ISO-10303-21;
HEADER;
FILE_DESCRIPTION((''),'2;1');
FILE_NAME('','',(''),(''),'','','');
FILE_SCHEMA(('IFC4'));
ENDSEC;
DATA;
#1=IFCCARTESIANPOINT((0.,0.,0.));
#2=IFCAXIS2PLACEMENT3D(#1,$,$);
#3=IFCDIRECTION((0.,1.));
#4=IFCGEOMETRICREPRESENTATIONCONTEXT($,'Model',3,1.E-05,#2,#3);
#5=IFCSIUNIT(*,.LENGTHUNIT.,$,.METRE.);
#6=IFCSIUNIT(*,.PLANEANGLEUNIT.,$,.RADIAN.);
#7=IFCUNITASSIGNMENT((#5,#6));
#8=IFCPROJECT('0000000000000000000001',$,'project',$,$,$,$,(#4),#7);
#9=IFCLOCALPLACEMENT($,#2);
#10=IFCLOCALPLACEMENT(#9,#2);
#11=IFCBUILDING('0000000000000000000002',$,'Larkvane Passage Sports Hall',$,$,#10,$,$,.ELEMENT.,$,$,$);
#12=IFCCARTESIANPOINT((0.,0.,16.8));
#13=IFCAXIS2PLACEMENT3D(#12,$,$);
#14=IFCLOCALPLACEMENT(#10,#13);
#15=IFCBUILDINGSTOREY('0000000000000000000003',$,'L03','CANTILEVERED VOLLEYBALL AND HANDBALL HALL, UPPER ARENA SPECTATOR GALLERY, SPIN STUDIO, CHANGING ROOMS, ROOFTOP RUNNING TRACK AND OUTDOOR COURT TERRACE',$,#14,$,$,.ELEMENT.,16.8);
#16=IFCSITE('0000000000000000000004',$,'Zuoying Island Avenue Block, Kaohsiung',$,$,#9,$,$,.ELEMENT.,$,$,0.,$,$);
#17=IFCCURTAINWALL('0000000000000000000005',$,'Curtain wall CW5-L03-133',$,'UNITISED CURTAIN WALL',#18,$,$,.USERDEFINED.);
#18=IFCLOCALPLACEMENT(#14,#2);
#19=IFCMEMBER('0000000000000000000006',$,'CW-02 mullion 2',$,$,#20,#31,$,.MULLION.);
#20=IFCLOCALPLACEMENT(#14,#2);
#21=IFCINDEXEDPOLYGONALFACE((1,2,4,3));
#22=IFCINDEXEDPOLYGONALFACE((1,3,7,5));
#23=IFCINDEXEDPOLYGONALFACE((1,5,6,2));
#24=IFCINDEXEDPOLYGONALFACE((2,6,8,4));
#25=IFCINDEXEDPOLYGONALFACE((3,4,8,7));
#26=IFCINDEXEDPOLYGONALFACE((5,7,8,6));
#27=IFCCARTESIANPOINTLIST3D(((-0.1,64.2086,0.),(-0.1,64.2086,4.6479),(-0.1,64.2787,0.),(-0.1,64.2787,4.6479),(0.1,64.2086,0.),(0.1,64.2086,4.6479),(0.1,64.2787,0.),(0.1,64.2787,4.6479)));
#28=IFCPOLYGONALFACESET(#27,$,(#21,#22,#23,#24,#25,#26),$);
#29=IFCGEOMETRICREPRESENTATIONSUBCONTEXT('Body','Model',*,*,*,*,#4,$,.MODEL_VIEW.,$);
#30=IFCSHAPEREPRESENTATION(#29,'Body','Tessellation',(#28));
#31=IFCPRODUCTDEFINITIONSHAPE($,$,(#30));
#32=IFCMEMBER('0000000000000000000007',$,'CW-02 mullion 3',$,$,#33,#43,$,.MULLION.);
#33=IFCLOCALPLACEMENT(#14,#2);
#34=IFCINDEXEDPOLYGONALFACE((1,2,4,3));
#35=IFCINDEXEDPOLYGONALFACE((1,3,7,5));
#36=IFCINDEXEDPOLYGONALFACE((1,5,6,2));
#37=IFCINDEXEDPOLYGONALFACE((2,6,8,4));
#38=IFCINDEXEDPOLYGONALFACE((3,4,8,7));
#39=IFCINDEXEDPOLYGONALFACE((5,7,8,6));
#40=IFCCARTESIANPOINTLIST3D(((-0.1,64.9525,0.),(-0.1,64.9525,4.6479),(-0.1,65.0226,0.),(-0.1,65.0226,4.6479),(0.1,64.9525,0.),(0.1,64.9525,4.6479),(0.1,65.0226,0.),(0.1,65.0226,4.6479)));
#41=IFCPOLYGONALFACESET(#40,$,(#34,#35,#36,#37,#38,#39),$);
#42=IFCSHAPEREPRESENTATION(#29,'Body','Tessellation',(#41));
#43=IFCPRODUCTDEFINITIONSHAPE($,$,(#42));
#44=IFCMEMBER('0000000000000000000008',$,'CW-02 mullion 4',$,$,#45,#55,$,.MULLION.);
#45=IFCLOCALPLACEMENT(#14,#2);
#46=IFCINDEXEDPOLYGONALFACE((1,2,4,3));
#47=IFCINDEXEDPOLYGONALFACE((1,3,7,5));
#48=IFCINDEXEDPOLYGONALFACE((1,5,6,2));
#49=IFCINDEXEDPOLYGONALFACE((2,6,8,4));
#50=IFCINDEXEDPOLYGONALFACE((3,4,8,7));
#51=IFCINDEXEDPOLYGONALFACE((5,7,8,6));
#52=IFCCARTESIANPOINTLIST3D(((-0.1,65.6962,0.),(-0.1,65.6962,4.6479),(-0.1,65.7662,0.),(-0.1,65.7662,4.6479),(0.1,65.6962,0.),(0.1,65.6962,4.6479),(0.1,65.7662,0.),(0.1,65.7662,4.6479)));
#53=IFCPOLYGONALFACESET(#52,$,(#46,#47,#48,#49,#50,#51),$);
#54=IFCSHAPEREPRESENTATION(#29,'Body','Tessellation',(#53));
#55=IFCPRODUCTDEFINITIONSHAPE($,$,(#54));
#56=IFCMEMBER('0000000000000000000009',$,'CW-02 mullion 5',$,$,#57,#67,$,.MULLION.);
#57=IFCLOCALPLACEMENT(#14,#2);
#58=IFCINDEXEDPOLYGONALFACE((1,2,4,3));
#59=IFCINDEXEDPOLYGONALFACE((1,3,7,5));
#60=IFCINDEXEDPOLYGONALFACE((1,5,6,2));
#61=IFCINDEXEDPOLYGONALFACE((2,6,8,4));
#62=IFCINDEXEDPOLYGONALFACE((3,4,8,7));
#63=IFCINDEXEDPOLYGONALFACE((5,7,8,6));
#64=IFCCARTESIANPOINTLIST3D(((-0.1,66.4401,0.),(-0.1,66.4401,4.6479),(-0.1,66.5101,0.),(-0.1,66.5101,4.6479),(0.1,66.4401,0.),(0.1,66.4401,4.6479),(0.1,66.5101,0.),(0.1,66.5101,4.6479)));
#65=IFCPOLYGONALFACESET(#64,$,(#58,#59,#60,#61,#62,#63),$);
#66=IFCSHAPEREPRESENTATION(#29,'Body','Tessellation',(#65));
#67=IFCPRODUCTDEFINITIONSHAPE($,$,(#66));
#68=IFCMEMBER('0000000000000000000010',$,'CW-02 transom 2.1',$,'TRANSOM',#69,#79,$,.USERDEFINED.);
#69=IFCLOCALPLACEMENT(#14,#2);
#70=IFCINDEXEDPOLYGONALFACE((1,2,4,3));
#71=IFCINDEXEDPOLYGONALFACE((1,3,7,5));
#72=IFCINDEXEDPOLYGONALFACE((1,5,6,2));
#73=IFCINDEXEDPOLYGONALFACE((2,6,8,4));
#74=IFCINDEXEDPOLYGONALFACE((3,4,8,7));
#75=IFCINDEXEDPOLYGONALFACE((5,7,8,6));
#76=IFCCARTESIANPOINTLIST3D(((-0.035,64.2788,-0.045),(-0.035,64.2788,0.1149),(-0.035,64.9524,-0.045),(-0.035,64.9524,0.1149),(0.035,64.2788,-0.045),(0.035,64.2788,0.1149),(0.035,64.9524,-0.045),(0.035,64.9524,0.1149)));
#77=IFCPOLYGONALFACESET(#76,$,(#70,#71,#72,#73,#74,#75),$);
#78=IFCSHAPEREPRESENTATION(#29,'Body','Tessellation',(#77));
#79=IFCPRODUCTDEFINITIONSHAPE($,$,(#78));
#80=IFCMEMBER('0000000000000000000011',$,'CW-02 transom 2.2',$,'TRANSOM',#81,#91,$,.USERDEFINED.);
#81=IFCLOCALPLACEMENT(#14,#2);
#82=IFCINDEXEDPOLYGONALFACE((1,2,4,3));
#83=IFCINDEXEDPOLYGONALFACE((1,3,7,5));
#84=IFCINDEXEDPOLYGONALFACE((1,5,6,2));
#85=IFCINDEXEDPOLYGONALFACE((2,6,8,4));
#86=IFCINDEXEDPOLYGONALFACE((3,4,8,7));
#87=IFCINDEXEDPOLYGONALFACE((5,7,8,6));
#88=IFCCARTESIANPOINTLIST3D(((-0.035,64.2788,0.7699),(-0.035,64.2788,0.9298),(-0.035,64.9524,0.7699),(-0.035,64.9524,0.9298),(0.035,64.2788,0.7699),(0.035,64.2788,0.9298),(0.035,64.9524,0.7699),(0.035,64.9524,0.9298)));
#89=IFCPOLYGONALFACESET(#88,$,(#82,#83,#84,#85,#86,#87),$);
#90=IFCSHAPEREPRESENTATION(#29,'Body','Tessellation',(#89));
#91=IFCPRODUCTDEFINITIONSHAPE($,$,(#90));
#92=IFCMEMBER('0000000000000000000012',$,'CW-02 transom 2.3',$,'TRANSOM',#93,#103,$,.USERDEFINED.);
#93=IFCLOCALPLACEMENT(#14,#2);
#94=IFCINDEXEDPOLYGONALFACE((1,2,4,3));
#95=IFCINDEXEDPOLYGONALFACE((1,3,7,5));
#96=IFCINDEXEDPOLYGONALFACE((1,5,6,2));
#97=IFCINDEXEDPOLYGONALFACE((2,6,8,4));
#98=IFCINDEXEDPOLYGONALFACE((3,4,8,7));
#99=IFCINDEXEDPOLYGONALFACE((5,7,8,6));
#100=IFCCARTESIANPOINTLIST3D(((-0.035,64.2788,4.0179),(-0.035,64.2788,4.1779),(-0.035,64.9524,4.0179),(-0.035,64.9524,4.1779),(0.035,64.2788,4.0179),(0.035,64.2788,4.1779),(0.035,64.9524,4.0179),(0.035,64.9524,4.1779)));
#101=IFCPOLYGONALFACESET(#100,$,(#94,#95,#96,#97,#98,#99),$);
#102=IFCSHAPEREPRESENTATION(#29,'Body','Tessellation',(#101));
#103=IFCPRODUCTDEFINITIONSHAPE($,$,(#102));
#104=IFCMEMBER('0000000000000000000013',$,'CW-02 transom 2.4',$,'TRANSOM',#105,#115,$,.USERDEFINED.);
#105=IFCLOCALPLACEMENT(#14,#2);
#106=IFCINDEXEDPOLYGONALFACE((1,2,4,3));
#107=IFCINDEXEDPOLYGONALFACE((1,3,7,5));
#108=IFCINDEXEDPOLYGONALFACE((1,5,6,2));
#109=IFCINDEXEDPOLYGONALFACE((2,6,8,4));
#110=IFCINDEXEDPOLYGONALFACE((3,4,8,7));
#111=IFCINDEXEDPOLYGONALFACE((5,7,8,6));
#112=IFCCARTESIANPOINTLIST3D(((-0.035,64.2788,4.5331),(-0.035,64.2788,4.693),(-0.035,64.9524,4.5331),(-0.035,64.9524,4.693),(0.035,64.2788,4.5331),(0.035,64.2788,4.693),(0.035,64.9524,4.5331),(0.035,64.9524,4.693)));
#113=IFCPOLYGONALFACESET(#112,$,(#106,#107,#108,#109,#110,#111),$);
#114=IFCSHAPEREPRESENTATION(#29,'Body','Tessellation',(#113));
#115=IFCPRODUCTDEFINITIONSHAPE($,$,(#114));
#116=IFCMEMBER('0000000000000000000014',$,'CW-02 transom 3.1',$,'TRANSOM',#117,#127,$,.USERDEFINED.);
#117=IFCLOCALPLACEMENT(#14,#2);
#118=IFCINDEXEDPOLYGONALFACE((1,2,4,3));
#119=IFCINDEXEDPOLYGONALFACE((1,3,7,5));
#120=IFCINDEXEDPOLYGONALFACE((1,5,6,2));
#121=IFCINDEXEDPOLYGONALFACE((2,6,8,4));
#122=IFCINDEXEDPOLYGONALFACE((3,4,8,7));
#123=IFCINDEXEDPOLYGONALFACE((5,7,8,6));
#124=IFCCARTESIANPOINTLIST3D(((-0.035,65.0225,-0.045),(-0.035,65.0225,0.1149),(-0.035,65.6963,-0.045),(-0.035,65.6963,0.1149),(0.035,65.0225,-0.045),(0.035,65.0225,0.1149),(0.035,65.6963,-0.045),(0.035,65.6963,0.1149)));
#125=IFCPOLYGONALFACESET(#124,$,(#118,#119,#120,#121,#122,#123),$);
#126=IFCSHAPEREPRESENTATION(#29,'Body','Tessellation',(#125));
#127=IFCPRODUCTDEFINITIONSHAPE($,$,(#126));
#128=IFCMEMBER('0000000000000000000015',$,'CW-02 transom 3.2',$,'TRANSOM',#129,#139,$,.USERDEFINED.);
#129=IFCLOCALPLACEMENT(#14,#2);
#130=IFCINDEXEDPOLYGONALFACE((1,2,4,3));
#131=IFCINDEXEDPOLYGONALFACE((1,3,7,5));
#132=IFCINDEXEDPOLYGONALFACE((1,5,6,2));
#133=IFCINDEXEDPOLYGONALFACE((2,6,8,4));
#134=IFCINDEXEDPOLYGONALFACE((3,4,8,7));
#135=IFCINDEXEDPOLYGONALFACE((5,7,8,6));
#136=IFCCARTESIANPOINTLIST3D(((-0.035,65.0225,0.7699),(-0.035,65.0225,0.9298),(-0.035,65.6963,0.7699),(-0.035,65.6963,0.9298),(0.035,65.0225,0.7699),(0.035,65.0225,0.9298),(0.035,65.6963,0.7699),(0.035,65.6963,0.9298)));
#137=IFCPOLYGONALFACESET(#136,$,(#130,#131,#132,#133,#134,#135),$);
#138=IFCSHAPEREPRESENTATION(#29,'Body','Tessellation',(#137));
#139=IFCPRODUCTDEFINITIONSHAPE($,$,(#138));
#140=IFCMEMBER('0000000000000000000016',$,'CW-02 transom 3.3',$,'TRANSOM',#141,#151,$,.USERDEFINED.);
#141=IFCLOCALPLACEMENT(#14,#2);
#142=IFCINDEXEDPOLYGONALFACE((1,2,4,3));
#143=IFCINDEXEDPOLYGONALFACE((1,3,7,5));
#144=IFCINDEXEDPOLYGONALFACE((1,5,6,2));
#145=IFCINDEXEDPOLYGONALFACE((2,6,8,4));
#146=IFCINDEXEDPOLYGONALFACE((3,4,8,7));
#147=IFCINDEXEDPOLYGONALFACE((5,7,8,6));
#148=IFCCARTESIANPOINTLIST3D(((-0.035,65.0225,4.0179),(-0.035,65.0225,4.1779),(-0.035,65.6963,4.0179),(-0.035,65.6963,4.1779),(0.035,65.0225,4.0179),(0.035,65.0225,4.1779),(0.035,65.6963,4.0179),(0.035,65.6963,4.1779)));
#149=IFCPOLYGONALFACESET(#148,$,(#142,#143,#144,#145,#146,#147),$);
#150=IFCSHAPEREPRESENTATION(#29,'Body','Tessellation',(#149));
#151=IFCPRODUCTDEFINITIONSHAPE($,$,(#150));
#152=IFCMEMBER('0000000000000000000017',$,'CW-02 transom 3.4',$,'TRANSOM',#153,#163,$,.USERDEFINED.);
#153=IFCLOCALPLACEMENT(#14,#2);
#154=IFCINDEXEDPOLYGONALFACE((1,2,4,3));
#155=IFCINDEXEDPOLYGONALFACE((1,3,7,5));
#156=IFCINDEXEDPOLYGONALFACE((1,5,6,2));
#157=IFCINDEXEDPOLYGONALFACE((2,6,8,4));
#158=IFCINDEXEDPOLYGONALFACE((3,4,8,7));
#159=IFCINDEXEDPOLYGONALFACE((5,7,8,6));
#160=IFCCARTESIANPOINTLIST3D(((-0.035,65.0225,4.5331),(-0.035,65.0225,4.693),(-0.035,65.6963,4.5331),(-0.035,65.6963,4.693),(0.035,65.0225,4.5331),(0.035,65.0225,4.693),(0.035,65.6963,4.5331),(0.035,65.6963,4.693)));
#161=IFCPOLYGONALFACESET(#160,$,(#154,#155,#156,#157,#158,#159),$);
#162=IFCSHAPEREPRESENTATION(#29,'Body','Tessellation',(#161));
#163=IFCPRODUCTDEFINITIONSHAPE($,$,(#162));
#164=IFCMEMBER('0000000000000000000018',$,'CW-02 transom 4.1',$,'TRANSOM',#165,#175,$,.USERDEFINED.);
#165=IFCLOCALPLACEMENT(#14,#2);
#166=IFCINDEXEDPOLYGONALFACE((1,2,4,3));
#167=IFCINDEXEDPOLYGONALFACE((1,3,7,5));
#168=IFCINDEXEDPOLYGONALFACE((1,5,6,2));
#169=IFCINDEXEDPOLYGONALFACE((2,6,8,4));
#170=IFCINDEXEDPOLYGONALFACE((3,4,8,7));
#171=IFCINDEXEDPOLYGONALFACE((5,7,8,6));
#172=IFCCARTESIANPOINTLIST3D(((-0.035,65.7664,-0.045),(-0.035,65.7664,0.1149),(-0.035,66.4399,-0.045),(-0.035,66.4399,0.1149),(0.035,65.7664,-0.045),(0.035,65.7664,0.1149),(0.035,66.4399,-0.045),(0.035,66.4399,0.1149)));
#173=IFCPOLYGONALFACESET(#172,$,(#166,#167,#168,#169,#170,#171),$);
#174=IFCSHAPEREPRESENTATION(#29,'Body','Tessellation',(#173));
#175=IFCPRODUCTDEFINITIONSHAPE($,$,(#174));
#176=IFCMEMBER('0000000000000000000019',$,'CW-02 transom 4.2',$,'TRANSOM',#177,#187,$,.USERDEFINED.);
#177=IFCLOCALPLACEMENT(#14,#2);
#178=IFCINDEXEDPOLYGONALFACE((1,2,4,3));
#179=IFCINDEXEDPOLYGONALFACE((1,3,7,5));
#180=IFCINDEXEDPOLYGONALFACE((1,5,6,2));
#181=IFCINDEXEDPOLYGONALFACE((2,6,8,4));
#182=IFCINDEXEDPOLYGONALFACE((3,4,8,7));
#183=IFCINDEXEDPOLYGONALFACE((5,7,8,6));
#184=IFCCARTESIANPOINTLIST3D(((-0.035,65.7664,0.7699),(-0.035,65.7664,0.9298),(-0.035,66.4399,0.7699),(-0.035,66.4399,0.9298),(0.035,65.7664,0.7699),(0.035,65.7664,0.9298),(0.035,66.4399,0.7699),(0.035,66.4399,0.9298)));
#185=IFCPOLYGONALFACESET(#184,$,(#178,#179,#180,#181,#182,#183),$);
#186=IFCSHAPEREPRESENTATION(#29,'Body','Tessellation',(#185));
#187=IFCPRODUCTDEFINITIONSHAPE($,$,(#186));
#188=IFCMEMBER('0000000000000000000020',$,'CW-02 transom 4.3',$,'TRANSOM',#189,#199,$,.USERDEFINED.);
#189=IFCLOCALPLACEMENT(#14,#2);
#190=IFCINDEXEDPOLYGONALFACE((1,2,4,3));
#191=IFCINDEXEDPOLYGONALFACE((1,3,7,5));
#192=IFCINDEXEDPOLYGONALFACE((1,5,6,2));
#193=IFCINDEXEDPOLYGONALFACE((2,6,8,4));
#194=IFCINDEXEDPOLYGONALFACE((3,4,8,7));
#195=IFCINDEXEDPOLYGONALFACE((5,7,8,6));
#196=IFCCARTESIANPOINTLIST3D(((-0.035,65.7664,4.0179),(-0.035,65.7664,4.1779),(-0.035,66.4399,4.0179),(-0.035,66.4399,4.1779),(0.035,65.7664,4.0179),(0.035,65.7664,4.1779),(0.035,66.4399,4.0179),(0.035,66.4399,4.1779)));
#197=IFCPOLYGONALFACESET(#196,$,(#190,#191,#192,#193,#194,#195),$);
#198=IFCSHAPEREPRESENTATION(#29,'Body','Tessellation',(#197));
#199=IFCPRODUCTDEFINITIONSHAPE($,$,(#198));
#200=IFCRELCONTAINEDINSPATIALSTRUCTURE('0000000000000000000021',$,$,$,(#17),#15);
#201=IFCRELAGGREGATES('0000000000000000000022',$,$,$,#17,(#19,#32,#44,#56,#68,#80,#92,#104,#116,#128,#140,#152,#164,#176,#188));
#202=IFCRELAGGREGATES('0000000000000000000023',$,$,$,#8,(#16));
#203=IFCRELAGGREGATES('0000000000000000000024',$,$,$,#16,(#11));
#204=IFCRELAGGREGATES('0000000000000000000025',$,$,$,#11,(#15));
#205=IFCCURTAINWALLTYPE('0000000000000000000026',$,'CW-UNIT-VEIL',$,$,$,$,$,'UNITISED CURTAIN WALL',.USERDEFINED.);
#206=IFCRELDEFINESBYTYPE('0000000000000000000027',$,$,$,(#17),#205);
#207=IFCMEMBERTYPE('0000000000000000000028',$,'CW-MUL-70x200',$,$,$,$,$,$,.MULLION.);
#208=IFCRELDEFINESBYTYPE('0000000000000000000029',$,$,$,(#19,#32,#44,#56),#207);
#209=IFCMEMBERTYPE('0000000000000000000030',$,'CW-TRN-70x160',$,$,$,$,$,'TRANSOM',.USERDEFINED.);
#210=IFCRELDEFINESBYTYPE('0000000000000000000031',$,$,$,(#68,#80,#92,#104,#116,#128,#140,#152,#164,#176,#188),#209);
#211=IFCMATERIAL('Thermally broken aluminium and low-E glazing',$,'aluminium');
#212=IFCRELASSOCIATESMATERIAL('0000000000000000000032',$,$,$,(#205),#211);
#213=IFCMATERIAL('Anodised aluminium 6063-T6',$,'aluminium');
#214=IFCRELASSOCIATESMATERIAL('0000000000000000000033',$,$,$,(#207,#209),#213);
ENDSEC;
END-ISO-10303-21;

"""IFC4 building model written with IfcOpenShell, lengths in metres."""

from ifc_helpers import new_model, si_unit, direction, frame, origin, origin_2d, place, context, subcontext, project, spatial, rectangle, extrude, material, material_profile, profile_set, type_object, element, aggregate, save


model = new_model("IFC4")

# Units and contexts
model_context = context("Model", 3, precision=1e-05, world=origin(), true_north=direction((0.0, 1.0)))
body_context = subcontext(model_context, "Body", "Model", "MODEL_VIEW")
ifc_project = project(units=[si_unit("LENGTHUNIT", "METRE"), si_unit("PLANEANGLEUNIT", "RADIAN")], contexts=[model_context])

# Site, building, storey
site_placement = place(None, origin())
site = spatial("IfcSite", under=ifc_project, at=site_placement, Name="Zuoying Island Avenue Block, Kaohsiung", CompositionType="ELEMENT", RefElevation=0.0)
building_placement = place(site_placement, origin())
building = spatial("IfcBuilding", under=site, at=building_placement, Name="Larkvane Passage Sports Hall", CompositionType="ELEMENT")
storey_placement = place(building_placement, frame((0.0, 0.0, 16.8)))
storey = spatial("IfcBuildingStorey", under=building, at=storey_placement, Name="L03", Description="CANTILEVERED VOLLEYBALL AND HANDBALL HALL, UPPER ARENA SPECTATOR GALLERY, SPIN STUDIO, CHANGING ROOMS, ROOFTOP RUNNING TRACK AND OUTDOOR COURT TERRACE", CompositionType="ELEMENT", Elevation=16.8)

# Curtain wall, members
ifc_material_1 = material(Name="Thermally broken aluminium and low-E glazing", Category="aluminium")
curtain_wall_type = type_object("IfcCurtainWallType", Name="CW-UNIT-VEIL", ElementType="UNITISED CURTAIN WALL", PredefinedType="USERDEFINED", material=ifc_material_1)
curtain_wall_placement = place(storey_placement, origin())
curtain_wall = element("IfcCurtainWall", 1, at=curtain_wall_placement, inside=storey, type_object=curtain_wall_type, Name="Curtain wall CW5-L03-133", ObjectType="UNITISED CURTAIN WALL", PredefinedType="USERDEFINED")
ifc_material_2 = material(Name="Anodised aluminium 6063-T6", Category="aluminium")
ifc_material_profile_1 = material_profile(ifc_material_2, rectangle(XDim=0.0701, YDim=0.2, at=origin_2d()), Name="ALU-MUL-70x200")
ifc_profile_set_1 = profile_set([ifc_material_profile_1], Name="Anodised aluminium 6063-T6")
member_type_1 = type_object("IfcMemberType", Name="CW-MUL-70x200", PredefinedType="MULLION", material=ifc_profile_set_1)
member_1_placement = place(storey_placement, frame((0.0, 64.2437, 0.0), z_axis=(0.0, 0.0, 1.0), x_axis=(0.0, 1.0, 0.0)))
member_1 = element("IfcMember", 2, at=member_1_placement, type_object=member_type_1, Name="CW-02 mullion 2", PredefinedType="MULLION", context=body_context, shape_type="SweptSolid", body=[
    extrude(rectangle(XDim=0.0701, YDim=0.2, at=origin_2d()), origin(), (0.0, 0.0, 1.0), 4.6479),
])
member_2_placement = place(storey_placement, frame((0.0, 64.9875, 0.0), z_axis=(0.0, 0.0, 1.0), x_axis=(0.0, 1.0, 0.0)))
member_2 = element("IfcMember", 3, at=member_2_placement, type_object=member_type_1, Name="CW-02 mullion 3", PredefinedType="MULLION", context=body_context, shape_type="SweptSolid", body=[
    extrude(rectangle(XDim=0.0701, YDim=0.2, at=origin_2d()), origin(), (0.0, 0.0, 1.0), 4.6479),
])
member_3_placement = place(storey_placement, frame((0.0, 65.7312, 0.0), z_axis=(0.0, 0.0, 1.0), x_axis=(0.0, 1.0, 0.0)))
member_3 = element("IfcMember", 4, at=member_3_placement, type_object=member_type_1, Name="CW-02 mullion 4", PredefinedType="MULLION", context=body_context, shape_type="SweptSolid", body=[
    extrude(rectangle(XDim=0.0701, YDim=0.2, at=origin_2d()), origin(), (0.0, 0.0, 1.0), 4.6479),
])
member_4_placement = place(storey_placement, frame((0.0, 66.4751, 0.0), z_axis=(0.0, 0.0, 1.0), x_axis=(0.0, 1.0, 0.0)))
member_4 = element("IfcMember", 5, at=member_4_placement, type_object=member_type_1, Name="CW-02 mullion 5", PredefinedType="MULLION", context=body_context, shape_type="SweptSolid", body=[
    extrude(rectangle(XDim=0.0701, YDim=0.2, at=origin_2d()), origin(), (0.0, 0.0, 1.0), 4.6479),
])
ifc_material_profile_2 = material_profile(ifc_material_2, rectangle(XDim=0.0701, YDim=0.1599, at=origin_2d()), Name="ALU-TRN-70x160")
ifc_profile_set_2 = profile_set([ifc_material_profile_2], Name="Anodised aluminium 6063-T6")
member_type_2 = type_object("IfcMemberType", Name="CW-TRN-70x160", ElementType="TRANSOM", PredefinedType="USERDEFINED", material=ifc_profile_set_2)
member_5_placement = place(storey_placement, frame((0.0, 64.2788, 0.0349), z_axis=(0.0, 1.0, 0.0), x_axis=(-1.0, 0.0, 0.0)))
member_5 = element("IfcMember", 6, at=member_5_placement, type_object=member_type_2, Name="CW-02 transom 2.1", ObjectType="TRANSOM", PredefinedType="USERDEFINED", context=body_context, shape_type="SweptSolid", body=[
    extrude(rectangle(XDim=0.0701, YDim=0.1599, at=origin_2d()), origin(), (0.0, 0.0, 1.0), 0.6736),
])
member_6_placement = place(storey_placement, frame((0.0, 64.2788, 0.8499), z_axis=(0.0, 1.0, 0.0), x_axis=(-1.0, 0.0, 0.0)))
member_6 = element("IfcMember", 7, at=member_6_placement, type_object=member_type_2, Name="CW-02 transom 2.2", ObjectType="TRANSOM", PredefinedType="USERDEFINED", context=body_context, shape_type="SweptSolid", body=[
    extrude(rectangle(XDim=0.0701, YDim=0.1599, at=origin_2d()), origin(), (0.0, 0.0, 1.0), 0.6736),
])
member_7_placement = place(storey_placement, frame((0.0, 64.2788, 4.0979), z_axis=(0.0, 1.0, 0.0), x_axis=(-1.0, 0.0, 0.0)))
member_7 = element("IfcMember", 8, at=member_7_placement, type_object=member_type_2, Name="CW-02 transom 2.3", ObjectType="TRANSOM", PredefinedType="USERDEFINED", context=body_context, shape_type="SweptSolid", body=[
    extrude(rectangle(XDim=0.0701, YDim=0.1599, at=origin_2d()), origin(), (0.0, 0.0, 1.0), 0.6736),
])
member_8_placement = place(storey_placement, frame((0.0, 64.2788, 4.613), z_axis=(0.0, 1.0, 0.0), x_axis=(-1.0, 0.0, 0.0)))
member_8 = element("IfcMember", 9, at=member_8_placement, type_object=member_type_2, Name="CW-02 transom 2.4", ObjectType="TRANSOM", PredefinedType="USERDEFINED", context=body_context, shape_type="SweptSolid", body=[
    extrude(rectangle(XDim=0.0701, YDim=0.1599, at=origin_2d()), origin(), (0.0, 0.0, 1.0), 0.6736),
])
member_9_placement = place(storey_placement, frame((0.0, 65.0225, 0.0349), z_axis=(0.0, 1.0, 0.0), x_axis=(-1.0, 0.0, 0.0)))
member_9 = element("IfcMember", 10, at=member_9_placement, type_object=member_type_2, Name="CW-02 transom 3.1", ObjectType="TRANSOM", PredefinedType="USERDEFINED", context=body_context, shape_type="SweptSolid", body=[
    extrude(rectangle(XDim=0.0701, YDim=0.1599, at=origin_2d()), origin(), (0.0, 0.0, 1.0), 0.6738),
])
member_10_placement = place(storey_placement, frame((0.0, 65.0225, 0.8499), z_axis=(0.0, 1.0, 0.0), x_axis=(-1.0, 0.0, 0.0)))
member_10 = element("IfcMember", 11, at=member_10_placement, type_object=member_type_2, Name="CW-02 transom 3.2", ObjectType="TRANSOM", PredefinedType="USERDEFINED", context=body_context, shape_type="SweptSolid", body=[
    extrude(rectangle(XDim=0.0701, YDim=0.1599, at=origin_2d()), origin(), (0.0, 0.0, 1.0), 0.6738),
])
member_11_placement = place(storey_placement, frame((0.0, 65.0225, 4.0979), z_axis=(0.0, 1.0, 0.0), x_axis=(-1.0, 0.0, 0.0)))
member_11 = element("IfcMember", 12, at=member_11_placement, type_object=member_type_2, Name="CW-02 transom 3.3", ObjectType="TRANSOM", PredefinedType="USERDEFINED", context=body_context, shape_type="SweptSolid", body=[
    extrude(rectangle(XDim=0.0701, YDim=0.1599, at=origin_2d()), origin(), (0.0, 0.0, 1.0), 0.6738),
])
member_12_placement = place(storey_placement, frame((0.0, 65.0225, 4.613), z_axis=(0.0, 1.0, 0.0), x_axis=(-1.0, 0.0, 0.0)))
member_12 = element("IfcMember", 13, at=member_12_placement, type_object=member_type_2, Name="CW-02 transom 3.4", ObjectType="TRANSOM", PredefinedType="USERDEFINED", context=body_context, shape_type="SweptSolid", body=[
    extrude(rectangle(XDim=0.0701, YDim=0.1599, at=origin_2d()), origin(), (0.0, 0.0, 1.0), 0.6738),
])
member_13_placement = place(storey_placement, frame((0.0, 65.7664, 0.0349), z_axis=(0.0, 1.0, 0.0), x_axis=(-1.0, 0.0, 0.0)))
member_13 = element("IfcMember", 14, at=member_13_placement, type_object=member_type_2, Name="CW-02 transom 4.1", ObjectType="TRANSOM", PredefinedType="USERDEFINED", context=body_context, shape_type="SweptSolid", body=[
    extrude(rectangle(XDim=0.0701, YDim=0.1599, at=origin_2d()), origin(), (0.0, 0.0, 1.0), 0.6736),
])
member_14_placement = place(storey_placement, frame((0.0, 65.7664, 0.8499), z_axis=(0.0, 1.0, 0.0), x_axis=(-1.0, 0.0, 0.0)))
member_14 = element("IfcMember", 15, at=member_14_placement, type_object=member_type_2, Name="CW-02 transom 4.2", ObjectType="TRANSOM", PredefinedType="USERDEFINED", context=body_context, shape_type="SweptSolid", body=[
    extrude(rectangle(XDim=0.0701, YDim=0.1599, at=origin_2d()), origin(), (0.0, 0.0, 1.0), 0.6736),
])
member_15_placement = place(storey_placement, frame((0.0, 65.7664, 4.0979), z_axis=(0.0, 1.0, 0.0), x_axis=(-1.0, 0.0, 0.0)))
member_15 = element("IfcMember", 16, at=member_15_placement, type_object=member_type_2, Name="CW-02 transom 4.3", ObjectType="TRANSOM", PredefinedType="USERDEFINED", context=body_context, shape_type="SweptSolid", body=[
    extrude(rectangle(XDim=0.0701, YDim=0.1599, at=origin_2d()), origin(), (0.0, 0.0, 1.0), 0.6736),
])
aggregate(curtain_wall, [member_1, member_2, member_3, member_4, member_5, member_6, member_7, member_8, member_9, member_10, member_11, member_12, member_13, member_14, member_15])

save(model, "model.ifc")
